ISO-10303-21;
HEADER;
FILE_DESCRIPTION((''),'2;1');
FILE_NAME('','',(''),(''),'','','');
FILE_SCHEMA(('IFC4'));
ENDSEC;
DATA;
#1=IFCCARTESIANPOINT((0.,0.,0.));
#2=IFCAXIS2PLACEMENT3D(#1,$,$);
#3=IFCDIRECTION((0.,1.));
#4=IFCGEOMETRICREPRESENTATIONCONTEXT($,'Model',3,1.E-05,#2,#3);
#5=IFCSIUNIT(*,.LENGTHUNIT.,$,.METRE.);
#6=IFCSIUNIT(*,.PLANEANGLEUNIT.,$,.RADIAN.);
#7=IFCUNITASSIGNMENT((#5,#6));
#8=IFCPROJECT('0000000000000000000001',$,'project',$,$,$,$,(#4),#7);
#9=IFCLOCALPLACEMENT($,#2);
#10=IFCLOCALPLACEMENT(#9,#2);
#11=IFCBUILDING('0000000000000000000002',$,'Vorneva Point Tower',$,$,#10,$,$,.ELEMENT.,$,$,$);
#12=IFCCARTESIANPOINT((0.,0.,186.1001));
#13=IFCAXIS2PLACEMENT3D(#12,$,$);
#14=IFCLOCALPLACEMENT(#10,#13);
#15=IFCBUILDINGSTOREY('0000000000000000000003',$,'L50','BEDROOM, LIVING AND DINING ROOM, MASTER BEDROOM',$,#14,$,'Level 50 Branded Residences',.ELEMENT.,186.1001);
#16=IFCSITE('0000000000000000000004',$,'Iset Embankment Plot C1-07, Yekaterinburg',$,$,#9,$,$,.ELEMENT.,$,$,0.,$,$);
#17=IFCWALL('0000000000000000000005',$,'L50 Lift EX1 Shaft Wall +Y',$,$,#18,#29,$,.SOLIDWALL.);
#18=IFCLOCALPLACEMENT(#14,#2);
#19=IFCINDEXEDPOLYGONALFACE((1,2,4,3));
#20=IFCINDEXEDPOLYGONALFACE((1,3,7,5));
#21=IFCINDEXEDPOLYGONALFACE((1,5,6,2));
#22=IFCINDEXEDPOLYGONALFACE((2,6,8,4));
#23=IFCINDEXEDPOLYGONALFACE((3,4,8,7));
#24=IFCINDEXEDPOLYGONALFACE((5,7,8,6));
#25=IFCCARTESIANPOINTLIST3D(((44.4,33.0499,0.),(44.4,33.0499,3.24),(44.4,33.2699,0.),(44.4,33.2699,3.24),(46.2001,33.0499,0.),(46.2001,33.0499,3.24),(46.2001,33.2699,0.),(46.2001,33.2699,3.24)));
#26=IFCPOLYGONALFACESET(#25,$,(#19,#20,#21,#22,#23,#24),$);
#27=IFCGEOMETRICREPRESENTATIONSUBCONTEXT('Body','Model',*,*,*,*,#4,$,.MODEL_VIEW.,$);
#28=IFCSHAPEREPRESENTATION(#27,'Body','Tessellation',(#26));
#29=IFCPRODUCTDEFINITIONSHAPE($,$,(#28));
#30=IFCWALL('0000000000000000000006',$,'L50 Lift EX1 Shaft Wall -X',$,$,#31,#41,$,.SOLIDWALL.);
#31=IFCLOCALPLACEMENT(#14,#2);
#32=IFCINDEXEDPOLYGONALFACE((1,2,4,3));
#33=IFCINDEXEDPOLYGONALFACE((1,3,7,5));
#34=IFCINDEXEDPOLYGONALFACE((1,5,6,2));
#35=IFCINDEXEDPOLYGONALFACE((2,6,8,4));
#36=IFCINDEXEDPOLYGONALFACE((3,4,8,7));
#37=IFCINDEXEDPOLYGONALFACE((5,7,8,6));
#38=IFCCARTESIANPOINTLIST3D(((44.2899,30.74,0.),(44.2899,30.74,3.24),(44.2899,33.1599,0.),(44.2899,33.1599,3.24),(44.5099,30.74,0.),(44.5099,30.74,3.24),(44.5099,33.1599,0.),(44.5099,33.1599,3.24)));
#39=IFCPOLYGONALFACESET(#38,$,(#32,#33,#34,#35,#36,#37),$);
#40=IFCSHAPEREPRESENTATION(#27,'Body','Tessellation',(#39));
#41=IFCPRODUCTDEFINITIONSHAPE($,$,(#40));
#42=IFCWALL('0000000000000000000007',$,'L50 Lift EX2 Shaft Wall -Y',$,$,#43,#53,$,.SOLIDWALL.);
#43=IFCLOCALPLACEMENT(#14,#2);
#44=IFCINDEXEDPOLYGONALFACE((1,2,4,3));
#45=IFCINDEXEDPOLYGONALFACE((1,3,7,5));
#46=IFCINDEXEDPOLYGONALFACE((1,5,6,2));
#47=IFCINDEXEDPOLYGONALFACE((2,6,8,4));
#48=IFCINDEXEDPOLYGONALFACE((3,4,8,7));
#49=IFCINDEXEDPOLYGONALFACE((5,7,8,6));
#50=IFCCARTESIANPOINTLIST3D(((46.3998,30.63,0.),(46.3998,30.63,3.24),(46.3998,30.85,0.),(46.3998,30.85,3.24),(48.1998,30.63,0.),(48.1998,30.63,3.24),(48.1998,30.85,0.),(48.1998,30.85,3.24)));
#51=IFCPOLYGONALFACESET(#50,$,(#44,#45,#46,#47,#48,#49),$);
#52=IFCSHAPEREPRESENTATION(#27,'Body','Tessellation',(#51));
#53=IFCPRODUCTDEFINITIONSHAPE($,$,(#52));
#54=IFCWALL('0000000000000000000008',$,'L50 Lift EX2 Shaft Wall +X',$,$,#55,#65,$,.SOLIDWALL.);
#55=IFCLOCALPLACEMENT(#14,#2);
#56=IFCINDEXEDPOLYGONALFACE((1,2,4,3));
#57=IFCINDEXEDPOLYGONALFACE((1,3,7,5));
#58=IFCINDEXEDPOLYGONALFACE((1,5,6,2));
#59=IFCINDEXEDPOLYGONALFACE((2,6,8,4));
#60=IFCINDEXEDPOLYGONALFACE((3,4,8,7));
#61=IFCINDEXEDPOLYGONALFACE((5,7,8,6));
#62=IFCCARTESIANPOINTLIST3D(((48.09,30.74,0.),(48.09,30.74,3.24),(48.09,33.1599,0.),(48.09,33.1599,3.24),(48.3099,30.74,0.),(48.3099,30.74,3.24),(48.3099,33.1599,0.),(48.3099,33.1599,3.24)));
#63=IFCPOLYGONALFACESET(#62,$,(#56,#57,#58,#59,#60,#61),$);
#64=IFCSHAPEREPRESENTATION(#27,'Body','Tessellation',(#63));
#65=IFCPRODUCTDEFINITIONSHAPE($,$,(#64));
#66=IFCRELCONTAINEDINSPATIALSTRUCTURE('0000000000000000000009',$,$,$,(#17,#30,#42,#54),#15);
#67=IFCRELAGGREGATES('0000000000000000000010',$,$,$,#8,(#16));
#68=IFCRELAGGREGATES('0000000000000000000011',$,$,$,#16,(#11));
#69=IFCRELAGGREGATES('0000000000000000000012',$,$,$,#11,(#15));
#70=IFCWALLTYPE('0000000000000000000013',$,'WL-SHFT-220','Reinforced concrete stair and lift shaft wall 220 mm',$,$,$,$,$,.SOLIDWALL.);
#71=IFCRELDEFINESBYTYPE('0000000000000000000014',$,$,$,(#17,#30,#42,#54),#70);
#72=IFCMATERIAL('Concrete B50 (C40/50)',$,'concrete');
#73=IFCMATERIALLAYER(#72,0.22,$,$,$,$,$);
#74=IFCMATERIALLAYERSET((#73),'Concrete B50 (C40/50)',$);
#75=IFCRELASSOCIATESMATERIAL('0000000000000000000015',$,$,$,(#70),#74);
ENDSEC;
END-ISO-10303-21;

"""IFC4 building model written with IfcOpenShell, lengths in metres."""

from ifc_helpers import new_model, si_unit, direction, frame, frame_2d, origin, place, context, subcontext, project, spatial, rectangle, extrude, material, layer, layer_set, type_object, element, save


model = new_model("IFC4")

# Units and contexts
model_context = context("Model", 3, precision=1e-05, world=origin(), true_north=direction((0.0, 1.0)))
body_context = subcontext(model_context, "Body", "Model", "MODEL_VIEW")
ifc_project = project(units=[si_unit("LENGTHUNIT", "METRE"), si_unit("PLANEANGLEUNIT", "RADIAN")], contexts=[model_context])

# Site, building, storey
site_placement = place(None, origin())
site = spatial("IfcSite", under=ifc_project, at=site_placement, Name="Iset Embankment Plot C1-07, Yekaterinburg", CompositionType="ELEMENT", RefElevation=0.0)
building_placement = place(site_placement, origin())
building = spatial("IfcBuilding", under=site, at=building_placement, Name="Vorneva Point Tower", CompositionType="ELEMENT")
storey_placement = place(building_placement, frame((0.0, 0.0, 186.1001)))
storey = spatial("IfcBuildingStorey", under=building, at=storey_placement, Name="L50", Description="BEDROOM, LIVING AND DINING ROOM, MASTER BEDROOM", LongName="Level 50 Branded Residences", CompositionType="ELEMENT", Elevation=186.1001)

# Shared definitions
ifc_material_1 = material(Name="Concrete B50 (C40/50)", Category="concrete")

# Walls
ifc_layer_1 = layer(ifc_material_1, 0.22)
ifc_layer_set_1 = layer_set([ifc_layer_1], Name="Concrete B50 (C40/50)")
wall_type_1 = type_object("IfcWallType", Name="WL-SHFT-220", Description="Reinforced concrete stair and lift shaft wall 220 mm", PredefinedType="SOLIDWALL", material=ifc_layer_set_1)
wall_1_placement = place(storey_placement, frame((46.2, 33.1599, 0.0), z_axis=(0.0, 0.0, 1.0), x_axis=(-1.0, 0.0, 0.0)))
element("IfcWall", 1, at=wall_1_placement, inside=storey, type_object=wall_type_1, Name="L50 Lift EX1 Shaft Wall +Y", PredefinedType="SOLIDWALL", context=body_context, shape_type="SweptSolid", body=[
    extrude(rectangle(XDim=1.8, YDim=0.22, at=frame_2d((0.8999, 0.0))), origin(), (0.0, 0.0, 1.0), 3.24),
])
wall_2_placement = place(storey_placement, frame((44.3999, 33.1599, 0.0), z_axis=(0.0, 0.0, 1.0), x_axis=(0.0, -1.0, 0.0)))
element("IfcWall", 2, at=wall_2_placement, inside=storey, type_object=wall_type_1, Name="L50 Lift EX1 Shaft Wall -X", PredefinedType="SOLIDWALL", context=body_context, shape_type="SweptSolid", body=[
    extrude(rectangle(XDim=2.4199, YDim=0.22, at=frame_2d((1.21, 0.0))), origin(), (0.0, 0.0, 1.0), 3.24),
])
wall_3_placement = place(storey_placement, frame((46.3999, 30.74, 0.0), z_axis=(0.0, 0.0, 1.0), x_axis=(1.0, 0.0, 0.0)))
element("IfcWall", 3, at=wall_3_placement, inside=storey, type_object=wall_type_1, Name="L50 Lift EX2 Shaft Wall -Y", PredefinedType="SOLIDWALL", context=body_context, shape_type="SweptSolid", body=[
    extrude(rectangle(XDim=1.8, YDim=0.22, at=frame_2d((0.8999, 0.0))), origin(), (0.0, 0.0, 1.0), 3.24),
])
wall_4_placement = place(storey_placement, frame((48.2, 30.74, 0.0), z_axis=(0.0, 0.0, 1.0), x_axis=(0.0, 1.0, 0.0)))
element("IfcWall", 4, at=wall_4_placement, inside=storey, type_object=wall_type_1, Name="L50 Lift EX2 Shaft Wall +X", PredefinedType="SOLIDWALL", context=body_context, shape_type="SweptSolid", body=[
    extrude(rectangle(XDim=2.4199, YDim=0.22, at=frame_2d((1.21, 0.0))), origin(), (0.0, 0.0, 1.0), 3.24),
])

save(model, "model.ifc")
